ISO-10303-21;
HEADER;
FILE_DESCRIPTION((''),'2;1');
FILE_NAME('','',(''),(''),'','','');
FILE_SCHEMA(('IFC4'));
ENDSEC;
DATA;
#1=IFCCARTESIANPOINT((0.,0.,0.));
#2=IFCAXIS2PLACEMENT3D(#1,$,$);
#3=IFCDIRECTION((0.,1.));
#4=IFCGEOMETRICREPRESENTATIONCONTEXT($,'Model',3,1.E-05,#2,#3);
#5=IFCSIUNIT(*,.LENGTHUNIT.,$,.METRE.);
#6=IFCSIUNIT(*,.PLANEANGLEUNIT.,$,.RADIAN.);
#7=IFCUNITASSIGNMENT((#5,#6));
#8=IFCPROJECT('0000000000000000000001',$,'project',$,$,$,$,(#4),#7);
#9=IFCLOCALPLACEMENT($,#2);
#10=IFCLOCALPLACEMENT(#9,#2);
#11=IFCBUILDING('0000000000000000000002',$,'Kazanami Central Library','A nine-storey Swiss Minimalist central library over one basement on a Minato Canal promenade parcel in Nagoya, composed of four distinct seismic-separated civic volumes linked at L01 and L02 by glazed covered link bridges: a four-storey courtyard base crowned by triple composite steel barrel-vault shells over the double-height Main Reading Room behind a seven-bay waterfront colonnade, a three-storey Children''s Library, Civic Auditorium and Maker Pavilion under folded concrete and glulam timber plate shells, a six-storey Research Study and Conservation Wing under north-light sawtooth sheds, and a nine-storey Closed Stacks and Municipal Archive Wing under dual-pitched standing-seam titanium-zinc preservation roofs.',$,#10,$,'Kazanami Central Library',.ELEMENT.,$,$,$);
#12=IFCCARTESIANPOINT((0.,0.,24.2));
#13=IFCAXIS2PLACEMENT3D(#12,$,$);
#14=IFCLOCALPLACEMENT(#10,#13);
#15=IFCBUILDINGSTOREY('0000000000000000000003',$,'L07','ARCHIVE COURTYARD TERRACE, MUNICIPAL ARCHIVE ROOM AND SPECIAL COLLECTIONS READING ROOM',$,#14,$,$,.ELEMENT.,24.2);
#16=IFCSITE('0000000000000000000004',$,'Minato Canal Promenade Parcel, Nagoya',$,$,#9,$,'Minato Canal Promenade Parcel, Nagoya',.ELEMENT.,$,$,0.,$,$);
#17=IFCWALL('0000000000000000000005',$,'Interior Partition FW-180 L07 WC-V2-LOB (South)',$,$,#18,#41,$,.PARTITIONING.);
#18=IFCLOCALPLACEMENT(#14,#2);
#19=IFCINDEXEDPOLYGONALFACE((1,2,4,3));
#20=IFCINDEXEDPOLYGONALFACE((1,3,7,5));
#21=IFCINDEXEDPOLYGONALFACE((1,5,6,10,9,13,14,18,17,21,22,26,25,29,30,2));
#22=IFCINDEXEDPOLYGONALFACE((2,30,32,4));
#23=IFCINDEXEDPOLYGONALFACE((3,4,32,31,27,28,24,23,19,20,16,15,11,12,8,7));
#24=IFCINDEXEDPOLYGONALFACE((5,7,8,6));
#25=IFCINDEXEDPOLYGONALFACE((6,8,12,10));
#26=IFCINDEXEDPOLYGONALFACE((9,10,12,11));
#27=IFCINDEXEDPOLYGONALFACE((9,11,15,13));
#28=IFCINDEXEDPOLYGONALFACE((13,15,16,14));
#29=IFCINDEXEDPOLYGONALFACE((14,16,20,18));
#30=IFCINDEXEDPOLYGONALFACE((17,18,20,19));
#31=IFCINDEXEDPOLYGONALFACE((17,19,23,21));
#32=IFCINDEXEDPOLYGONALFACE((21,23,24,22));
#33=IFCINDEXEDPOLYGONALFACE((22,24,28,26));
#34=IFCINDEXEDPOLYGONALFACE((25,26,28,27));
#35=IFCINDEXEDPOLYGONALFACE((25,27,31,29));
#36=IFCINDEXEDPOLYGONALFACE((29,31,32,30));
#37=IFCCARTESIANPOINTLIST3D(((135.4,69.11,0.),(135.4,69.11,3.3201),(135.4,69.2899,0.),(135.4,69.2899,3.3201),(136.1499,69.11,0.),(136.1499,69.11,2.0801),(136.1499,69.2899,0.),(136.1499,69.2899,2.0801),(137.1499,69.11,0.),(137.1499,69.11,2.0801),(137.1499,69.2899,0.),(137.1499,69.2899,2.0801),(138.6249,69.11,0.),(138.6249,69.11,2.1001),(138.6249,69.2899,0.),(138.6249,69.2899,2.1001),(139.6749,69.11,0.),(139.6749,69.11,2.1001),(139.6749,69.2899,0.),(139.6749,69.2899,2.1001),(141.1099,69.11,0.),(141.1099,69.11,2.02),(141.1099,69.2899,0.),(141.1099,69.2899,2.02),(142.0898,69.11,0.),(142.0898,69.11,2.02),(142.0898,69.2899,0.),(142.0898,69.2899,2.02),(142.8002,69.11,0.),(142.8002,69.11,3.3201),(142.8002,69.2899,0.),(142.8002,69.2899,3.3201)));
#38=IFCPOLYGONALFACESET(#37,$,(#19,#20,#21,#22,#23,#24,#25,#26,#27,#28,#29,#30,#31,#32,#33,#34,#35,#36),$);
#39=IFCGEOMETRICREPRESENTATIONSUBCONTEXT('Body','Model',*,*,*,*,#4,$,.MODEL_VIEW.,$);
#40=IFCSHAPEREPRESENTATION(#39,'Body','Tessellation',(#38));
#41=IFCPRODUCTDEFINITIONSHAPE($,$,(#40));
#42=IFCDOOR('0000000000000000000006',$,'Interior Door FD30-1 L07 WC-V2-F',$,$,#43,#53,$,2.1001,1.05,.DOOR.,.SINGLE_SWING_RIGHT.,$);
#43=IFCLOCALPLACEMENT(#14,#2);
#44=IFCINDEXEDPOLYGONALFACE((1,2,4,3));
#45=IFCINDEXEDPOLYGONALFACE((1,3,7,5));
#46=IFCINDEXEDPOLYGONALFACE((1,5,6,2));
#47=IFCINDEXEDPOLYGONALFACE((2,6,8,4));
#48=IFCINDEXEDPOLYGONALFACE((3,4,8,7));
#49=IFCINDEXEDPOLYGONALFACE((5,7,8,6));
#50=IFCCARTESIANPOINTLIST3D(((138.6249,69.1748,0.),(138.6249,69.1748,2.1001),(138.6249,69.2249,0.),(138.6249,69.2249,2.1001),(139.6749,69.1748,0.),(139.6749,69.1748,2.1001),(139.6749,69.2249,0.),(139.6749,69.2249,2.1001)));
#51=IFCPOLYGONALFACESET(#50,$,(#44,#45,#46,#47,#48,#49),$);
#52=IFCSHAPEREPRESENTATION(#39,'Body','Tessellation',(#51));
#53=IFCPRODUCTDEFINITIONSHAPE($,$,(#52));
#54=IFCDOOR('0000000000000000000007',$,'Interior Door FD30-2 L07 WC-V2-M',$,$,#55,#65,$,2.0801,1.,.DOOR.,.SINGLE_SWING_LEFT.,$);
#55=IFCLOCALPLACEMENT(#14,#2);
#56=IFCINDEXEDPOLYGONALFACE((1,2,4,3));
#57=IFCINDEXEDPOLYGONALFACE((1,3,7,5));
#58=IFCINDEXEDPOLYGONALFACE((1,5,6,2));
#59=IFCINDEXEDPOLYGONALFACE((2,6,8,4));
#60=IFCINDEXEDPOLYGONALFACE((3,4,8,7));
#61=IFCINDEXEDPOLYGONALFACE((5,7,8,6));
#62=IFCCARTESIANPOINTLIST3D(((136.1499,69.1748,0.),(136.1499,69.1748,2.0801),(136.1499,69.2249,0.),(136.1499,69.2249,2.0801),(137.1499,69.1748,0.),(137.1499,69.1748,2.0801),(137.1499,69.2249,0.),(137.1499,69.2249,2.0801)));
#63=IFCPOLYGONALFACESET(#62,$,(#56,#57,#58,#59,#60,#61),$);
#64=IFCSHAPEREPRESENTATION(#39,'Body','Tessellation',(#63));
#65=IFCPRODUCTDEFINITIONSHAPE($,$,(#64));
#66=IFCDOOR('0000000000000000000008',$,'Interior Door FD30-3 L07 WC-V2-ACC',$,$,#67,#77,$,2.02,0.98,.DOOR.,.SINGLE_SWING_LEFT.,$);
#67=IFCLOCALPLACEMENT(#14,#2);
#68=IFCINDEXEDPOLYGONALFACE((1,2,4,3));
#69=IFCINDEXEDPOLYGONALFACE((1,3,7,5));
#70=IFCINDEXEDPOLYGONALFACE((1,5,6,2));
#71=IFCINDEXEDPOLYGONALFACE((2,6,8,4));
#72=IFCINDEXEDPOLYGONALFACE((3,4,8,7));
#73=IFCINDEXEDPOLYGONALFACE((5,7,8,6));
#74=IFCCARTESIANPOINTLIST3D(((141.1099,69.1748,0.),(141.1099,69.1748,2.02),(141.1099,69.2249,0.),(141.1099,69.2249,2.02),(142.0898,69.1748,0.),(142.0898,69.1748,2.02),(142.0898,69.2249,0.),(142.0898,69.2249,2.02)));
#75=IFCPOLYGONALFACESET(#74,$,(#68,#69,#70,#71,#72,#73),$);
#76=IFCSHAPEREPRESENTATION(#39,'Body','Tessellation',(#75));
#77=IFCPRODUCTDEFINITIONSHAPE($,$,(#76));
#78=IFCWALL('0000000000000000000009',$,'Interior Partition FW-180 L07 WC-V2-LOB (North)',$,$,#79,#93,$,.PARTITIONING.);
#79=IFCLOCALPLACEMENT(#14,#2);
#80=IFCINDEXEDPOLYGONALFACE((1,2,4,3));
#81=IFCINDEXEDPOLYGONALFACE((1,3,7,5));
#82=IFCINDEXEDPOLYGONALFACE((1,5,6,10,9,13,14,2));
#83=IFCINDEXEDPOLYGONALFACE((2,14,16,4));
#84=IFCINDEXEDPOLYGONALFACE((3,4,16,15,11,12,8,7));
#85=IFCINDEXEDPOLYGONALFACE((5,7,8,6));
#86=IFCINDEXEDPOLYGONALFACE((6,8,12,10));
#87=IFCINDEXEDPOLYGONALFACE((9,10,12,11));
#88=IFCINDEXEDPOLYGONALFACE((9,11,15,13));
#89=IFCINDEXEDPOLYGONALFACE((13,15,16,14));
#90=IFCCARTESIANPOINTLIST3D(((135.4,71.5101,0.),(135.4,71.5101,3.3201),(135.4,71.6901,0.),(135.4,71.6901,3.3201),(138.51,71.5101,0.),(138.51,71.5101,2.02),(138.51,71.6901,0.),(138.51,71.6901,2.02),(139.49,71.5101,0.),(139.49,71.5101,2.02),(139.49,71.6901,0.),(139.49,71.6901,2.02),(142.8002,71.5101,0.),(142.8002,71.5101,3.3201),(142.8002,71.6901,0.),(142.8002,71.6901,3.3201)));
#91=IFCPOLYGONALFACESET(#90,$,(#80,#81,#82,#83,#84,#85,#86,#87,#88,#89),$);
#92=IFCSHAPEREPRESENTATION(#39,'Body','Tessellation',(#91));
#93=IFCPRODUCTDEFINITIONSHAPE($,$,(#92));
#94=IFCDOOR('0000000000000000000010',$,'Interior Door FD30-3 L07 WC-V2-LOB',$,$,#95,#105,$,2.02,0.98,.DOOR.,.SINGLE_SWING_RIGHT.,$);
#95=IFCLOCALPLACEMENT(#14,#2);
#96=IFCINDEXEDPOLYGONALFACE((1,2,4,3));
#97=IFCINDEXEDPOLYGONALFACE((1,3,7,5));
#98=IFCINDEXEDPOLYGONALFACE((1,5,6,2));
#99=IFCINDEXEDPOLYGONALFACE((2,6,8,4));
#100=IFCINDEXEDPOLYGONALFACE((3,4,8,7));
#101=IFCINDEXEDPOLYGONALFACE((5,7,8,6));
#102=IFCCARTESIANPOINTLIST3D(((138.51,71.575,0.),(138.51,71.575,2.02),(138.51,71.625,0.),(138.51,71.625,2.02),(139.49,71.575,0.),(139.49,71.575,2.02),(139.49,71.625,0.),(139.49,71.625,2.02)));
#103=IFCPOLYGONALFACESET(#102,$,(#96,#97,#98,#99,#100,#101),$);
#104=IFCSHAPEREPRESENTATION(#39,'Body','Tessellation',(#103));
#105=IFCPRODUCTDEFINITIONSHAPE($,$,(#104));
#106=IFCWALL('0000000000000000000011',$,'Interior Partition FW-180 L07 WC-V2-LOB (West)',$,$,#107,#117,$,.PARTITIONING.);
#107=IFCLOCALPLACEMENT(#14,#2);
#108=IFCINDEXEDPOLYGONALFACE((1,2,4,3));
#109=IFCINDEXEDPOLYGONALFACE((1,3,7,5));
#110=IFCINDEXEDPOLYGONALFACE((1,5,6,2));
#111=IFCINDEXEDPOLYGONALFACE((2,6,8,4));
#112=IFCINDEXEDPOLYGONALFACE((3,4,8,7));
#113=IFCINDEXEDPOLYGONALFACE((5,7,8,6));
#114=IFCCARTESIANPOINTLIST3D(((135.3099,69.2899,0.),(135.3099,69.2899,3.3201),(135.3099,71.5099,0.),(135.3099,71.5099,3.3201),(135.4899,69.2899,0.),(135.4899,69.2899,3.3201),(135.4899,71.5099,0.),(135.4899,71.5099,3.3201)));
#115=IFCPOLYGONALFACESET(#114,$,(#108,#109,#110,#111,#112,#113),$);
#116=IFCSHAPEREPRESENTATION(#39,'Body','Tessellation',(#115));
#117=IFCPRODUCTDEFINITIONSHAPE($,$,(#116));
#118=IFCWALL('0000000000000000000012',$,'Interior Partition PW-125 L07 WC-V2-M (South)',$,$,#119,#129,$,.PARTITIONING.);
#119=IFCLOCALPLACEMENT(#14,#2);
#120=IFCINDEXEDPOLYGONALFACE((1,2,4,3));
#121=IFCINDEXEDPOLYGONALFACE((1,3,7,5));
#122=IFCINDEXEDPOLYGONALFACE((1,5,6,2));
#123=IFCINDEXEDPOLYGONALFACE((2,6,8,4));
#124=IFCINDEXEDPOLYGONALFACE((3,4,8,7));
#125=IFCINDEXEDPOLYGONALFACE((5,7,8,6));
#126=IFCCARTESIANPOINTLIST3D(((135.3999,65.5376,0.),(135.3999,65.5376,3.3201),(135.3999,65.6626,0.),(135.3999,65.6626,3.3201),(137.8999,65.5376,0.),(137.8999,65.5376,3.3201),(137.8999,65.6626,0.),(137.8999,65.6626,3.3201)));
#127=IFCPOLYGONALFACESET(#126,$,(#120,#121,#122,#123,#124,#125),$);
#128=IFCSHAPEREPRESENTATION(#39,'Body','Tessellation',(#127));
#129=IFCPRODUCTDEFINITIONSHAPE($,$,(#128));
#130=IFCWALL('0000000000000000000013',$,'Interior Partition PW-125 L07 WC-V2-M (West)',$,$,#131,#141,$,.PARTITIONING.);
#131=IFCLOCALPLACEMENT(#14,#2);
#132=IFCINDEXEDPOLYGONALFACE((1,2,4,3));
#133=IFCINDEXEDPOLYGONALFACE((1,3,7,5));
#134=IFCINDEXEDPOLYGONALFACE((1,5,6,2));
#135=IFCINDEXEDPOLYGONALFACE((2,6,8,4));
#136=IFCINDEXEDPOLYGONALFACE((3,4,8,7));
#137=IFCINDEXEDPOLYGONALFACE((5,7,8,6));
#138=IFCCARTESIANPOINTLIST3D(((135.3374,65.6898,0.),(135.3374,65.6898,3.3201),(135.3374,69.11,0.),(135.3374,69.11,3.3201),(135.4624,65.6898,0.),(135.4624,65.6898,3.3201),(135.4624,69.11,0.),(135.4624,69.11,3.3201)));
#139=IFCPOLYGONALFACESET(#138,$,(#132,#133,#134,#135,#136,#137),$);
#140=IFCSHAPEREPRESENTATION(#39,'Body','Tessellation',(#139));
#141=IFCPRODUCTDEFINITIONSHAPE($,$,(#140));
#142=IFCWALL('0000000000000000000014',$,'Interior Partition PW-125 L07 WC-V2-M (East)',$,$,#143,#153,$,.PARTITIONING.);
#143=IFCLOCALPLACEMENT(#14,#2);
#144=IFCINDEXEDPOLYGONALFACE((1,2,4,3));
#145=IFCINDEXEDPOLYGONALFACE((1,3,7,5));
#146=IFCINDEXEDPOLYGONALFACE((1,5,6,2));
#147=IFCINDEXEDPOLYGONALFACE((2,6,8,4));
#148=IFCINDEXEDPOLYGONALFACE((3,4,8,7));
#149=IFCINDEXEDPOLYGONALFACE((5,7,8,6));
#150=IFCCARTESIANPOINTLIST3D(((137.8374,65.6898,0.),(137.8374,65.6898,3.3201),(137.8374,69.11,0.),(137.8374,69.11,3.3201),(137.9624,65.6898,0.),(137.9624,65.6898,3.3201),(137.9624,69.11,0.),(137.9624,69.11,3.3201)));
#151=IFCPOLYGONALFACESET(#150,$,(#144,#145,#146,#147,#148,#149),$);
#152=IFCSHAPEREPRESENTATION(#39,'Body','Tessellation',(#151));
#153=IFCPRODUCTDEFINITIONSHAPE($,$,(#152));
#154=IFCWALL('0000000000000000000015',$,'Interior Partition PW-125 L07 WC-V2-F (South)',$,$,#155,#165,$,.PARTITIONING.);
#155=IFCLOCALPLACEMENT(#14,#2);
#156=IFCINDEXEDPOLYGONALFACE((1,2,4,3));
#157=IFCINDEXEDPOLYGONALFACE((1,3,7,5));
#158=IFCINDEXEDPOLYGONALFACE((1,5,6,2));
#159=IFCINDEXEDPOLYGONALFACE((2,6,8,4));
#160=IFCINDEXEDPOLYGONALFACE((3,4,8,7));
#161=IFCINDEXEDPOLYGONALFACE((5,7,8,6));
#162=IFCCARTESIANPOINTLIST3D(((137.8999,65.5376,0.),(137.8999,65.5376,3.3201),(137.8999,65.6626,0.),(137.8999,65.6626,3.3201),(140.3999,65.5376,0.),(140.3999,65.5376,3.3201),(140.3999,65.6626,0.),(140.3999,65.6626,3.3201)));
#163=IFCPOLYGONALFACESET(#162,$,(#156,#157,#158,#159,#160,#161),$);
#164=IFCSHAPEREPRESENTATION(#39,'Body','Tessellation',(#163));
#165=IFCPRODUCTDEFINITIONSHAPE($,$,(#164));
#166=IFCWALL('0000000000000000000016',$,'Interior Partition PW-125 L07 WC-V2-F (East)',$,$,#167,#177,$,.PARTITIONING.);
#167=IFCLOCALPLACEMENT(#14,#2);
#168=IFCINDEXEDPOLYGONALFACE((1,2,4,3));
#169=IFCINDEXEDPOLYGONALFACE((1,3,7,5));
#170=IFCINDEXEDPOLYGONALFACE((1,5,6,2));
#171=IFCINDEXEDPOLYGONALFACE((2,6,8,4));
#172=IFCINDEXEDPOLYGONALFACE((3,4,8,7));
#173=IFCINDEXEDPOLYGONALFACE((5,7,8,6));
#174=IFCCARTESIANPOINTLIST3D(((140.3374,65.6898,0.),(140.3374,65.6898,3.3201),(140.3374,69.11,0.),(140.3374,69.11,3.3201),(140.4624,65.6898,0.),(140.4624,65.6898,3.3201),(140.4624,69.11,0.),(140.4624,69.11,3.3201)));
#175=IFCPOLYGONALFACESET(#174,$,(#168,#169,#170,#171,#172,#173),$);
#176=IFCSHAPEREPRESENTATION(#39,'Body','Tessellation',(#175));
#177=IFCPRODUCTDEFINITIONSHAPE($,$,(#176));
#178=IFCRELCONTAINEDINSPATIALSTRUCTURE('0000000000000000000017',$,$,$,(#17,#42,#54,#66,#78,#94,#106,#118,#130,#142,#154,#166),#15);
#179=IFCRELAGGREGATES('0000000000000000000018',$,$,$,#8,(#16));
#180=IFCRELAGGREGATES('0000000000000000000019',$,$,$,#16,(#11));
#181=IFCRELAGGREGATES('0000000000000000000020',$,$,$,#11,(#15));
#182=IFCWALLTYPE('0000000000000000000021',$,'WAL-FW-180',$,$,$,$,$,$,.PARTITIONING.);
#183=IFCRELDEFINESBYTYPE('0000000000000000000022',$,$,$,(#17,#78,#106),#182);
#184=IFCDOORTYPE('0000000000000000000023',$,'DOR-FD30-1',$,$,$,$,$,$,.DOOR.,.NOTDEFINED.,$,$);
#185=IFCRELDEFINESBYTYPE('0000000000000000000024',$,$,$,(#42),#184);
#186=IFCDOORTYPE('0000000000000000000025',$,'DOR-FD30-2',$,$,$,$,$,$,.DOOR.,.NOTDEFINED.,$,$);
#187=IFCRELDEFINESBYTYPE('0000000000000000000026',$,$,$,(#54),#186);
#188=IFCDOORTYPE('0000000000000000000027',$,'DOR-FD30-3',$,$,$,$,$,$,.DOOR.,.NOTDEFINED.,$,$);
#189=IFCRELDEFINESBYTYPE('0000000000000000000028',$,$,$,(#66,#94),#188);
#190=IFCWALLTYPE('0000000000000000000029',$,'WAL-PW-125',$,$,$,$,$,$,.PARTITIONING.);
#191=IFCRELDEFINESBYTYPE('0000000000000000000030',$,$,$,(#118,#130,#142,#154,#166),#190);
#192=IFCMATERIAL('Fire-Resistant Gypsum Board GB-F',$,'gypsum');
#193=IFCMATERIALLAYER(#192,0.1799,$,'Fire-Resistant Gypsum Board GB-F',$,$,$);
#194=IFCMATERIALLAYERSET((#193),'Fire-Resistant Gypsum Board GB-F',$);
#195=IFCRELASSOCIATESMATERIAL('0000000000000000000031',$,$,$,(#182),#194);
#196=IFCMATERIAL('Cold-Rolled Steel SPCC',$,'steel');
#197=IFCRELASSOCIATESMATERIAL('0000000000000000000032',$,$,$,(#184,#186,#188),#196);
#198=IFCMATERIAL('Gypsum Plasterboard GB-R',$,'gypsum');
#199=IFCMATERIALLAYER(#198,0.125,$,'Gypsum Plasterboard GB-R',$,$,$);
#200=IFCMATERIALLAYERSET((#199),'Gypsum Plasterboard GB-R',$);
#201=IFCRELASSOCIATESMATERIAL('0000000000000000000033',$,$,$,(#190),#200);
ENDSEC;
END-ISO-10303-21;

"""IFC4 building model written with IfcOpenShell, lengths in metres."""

from ifc_helpers import new_model, si_unit, direction, frame, frame_2d, origin, place, context, subcontext, project, spatial, rectangle, extrude, material, layer, layer_set, type_object, element, fill, save


model = new_model("IFC4")

# Units and contexts
model_context = context("Model", 3, precision=1e-05, world=origin(), true_north=direction((0.0, 1.0)))
body_context = subcontext(model_context, "Body", "Model", "MODEL_VIEW")
ifc_project = project(units=[si_unit("LENGTHUNIT", "METRE"), si_unit("PLANEANGLEUNIT", "RADIAN")], contexts=[model_context])

# Site, building, storey
site_placement = place(None, origin())
site = spatial("IfcSite", under=ifc_project, at=site_placement, Name="Minato Canal Promenade Parcel, Nagoya", LongName="Minato Canal Promenade Parcel, Nagoya", CompositionType="ELEMENT", RefElevation=0.0)
building_placement = place(site_placement, origin())
building = spatial("IfcBuilding", under=site, at=building_placement, Name="Kazanami Central Library", Description="A nine-storey Swiss Minimalist central library over one basement on a Minato Canal promenade parcel in Nagoya, composed of four distinct seismic-separated civic volumes linked at L01 and L02 by glazed covered link bridges: a four-storey courtyard base crowned by triple composite steel barrel-vault shells over the double-height Main Reading Room behind a seven-bay waterfront colonnade, a three-storey Children's Library, Civic Auditorium and Maker Pavilion under folded concrete and glulam timber plate shells, a six-storey Research Study and Conservation Wing under north-light sawtooth sheds, and a nine-storey Closed Stacks and Municipal Archive Wing under dual-pitched standing-seam titanium-zinc preservation roofs.", LongName="Kazanami Central Library", CompositionType="ELEMENT")
storey_placement = place(building_placement, frame((0.0, 0.0, 24.2)))
storey = spatial("IfcBuildingStorey", under=building, at=storey_placement, Name="L07", Description="ARCHIVE COURTYARD TERRACE, MUNICIPAL ARCHIVE ROOM AND SPECIAL COLLECTIONS READING ROOM", CompositionType="ELEMENT", Elevation=24.2)

# Wall, openings, doors
ifc_material_1 = material(Name="Fire-Resistant Gypsum Board GB-F", Category="gypsum")
ifc_layer_1 = layer(ifc_material_1, 0.1799, Name="Fire-Resistant Gypsum Board GB-F")
ifc_layer_set_1 = layer_set([ifc_layer_1], Name="Fire-Resistant Gypsum Board GB-F")
wall_type_1 = type_object("IfcWallType", Name="WAL-FW-180", PredefinedType="PARTITIONING", material=ifc_layer_set_1)
wall_1_placement = place(storey_placement, frame((135.3999, 69.2, 0.0), z_axis=(0.0, 0.0, 1.0), x_axis=(1.0, 0.0, 0.0)))
wall_1 = element("IfcWall", 1, at=wall_1_placement, inside=storey, type_object=wall_type_1, Name="Interior Partition FW-180 L07 WC-V2-LOB (South)", PredefinedType="PARTITIONING", context=body_context, shape_type="SweptSolid", body=[
    extrude(rectangle(XDim=7.4001, YDim=0.1799, at=frame_2d((3.7002, 0.0))), origin(), (0.0, 0.0, 1.0), 3.3201),
])
opening_1_placement = place(wall_1_placement, frame((0.75, 0.0, 0.0)))
opening_1 = element("IfcOpeningElement", 2, at=opening_1_placement, cuts=wall_1, PredefinedType="OPENING", context=body_context, shape_type="SweptSolid", body=[
    extrude(rectangle(XDim=1.0, YDim=2.0801, at=frame_2d((0.5, 1.04))), frame((0.0, 0.1021, 0.0), z_axis=(0.0, -1.0, 0.0), x_axis=(1.0, 0.0, 0.0)), (0.0, 0.0, 1.0), 0.2039),
])
opening_2_placement = place(wall_1_placement, frame((3.2251, 0.0, 0.0)))
opening_2 = element("IfcOpeningElement", 3, at=opening_2_placement, cuts=wall_1, PredefinedType="OPENING", context=body_context, shape_type="SweptSolid", body=[
    extrude(rectangle(XDim=1.05, YDim=2.1001, at=frame_2d((0.5249, 1.05))), frame((0.0, 0.1021, 0.0), z_axis=(0.0, -1.0, 0.0), x_axis=(1.0, 0.0, 0.0)), (0.0, 0.0, 1.0), 0.2039),
])
opening_3_placement = place(wall_1_placement, frame((5.71, 0.0, 0.0)))
opening_3 = element("IfcOpeningElement", 4, at=opening_3_placement, cuts=wall_1, PredefinedType="OPENING", context=body_context, shape_type="SweptSolid", body=[
    extrude(rectangle(XDim=0.98, YDim=2.02, at=frame_2d((0.49, 1.01))), frame((0.0, 0.1021, 0.0), z_axis=(0.0, -1.0, 0.0), x_axis=(1.0, 0.0, 0.0)), (0.0, 0.0, 1.0), 0.2039),
])
ifc_material_2 = material(Name="Cold-Rolled Steel SPCC", Category="steel")
door_type_1 = type_object("IfcDoorType", Name="DOR-FD30-1", OperationType="NOTDEFINED", PredefinedType="DOOR", material=ifc_material_2)
door_1_placement = place(opening_2_placement, origin())
door_1 = element("IfcDoor", 5, at=door_1_placement, inside=storey, type_object=door_type_1, Name="Interior Door FD30-1 L07 WC-V2-F", OperationType="SINGLE_SWING_RIGHT", OverallHeight=2.1001, OverallWidth=1.05, PredefinedType="DOOR", context=body_context, shape_type="SweptSolid", body=[
    extrude(rectangle(XDim=1.05, YDim=2.1001, at=frame_2d((0.5249, 1.05))), frame((0.0, 0.0249, 0.0), z_axis=(0.0, -1.0, 0.0), x_axis=(1.0, 0.0, 0.0)), (0.0, 0.0, 1.0), 0.05),
])
fill(opening_2, door_1)
door_type_2 = type_object("IfcDoorType", Name="DOR-FD30-2", OperationType="NOTDEFINED", PredefinedType="DOOR", material=ifc_material_2)
door_2_placement = place(opening_1_placement, origin())
door_2 = element("IfcDoor", 6, at=door_2_placement, inside=storey, type_object=door_type_2, Name="Interior Door FD30-2 L07 WC-V2-M", OperationType="SINGLE_SWING_LEFT", OverallHeight=2.0801, OverallWidth=1.0, PredefinedType="DOOR", context=body_context, shape_type="SweptSolid", body=[
    extrude(rectangle(XDim=1.0, YDim=2.0801, at=frame_2d((0.5, 1.04))), frame((0.0, 0.0249, 0.0), z_axis=(0.0, -1.0, 0.0), x_axis=(1.0, 0.0, 0.0)), (0.0, 0.0, 1.0), 0.05),
])
fill(opening_1, door_2)
door_type_3 = type_object("IfcDoorType", Name="DOR-FD30-3", OperationType="NOTDEFINED", PredefinedType="DOOR", material=ifc_material_2)
door_3_placement = place(opening_3_placement, origin())
door_3 = element("IfcDoor", 7, at=door_3_placement, inside=storey, type_object=door_type_3, Name="Interior Door FD30-3 L07 WC-V2-ACC", OperationType="SINGLE_SWING_LEFT", OverallHeight=2.02, OverallWidth=0.98, PredefinedType="DOOR", context=body_context, shape_type="SweptSolid", body=[
    extrude(rectangle(XDim=0.98, YDim=2.02, at=frame_2d((0.49, 1.01))), frame((0.0, 0.0249, 0.0), z_axis=(0.0, -1.0, 0.0), x_axis=(1.0, 0.0, 0.0)), (0.0, 0.0, 1.0), 0.05),
])
fill(opening_3, door_3)

# Wall, opening, door
wall_2_placement = place(storey_placement, frame((135.3999, 71.6001, 0.0), z_axis=(0.0, 0.0, 1.0), x_axis=(1.0, 0.0, 0.0)))
wall_2 = element("IfcWall", 8, at=wall_2_placement, inside=storey, type_object=wall_type_1, Name="Interior Partition FW-180 L07 WC-V2-LOB (North)", PredefinedType="PARTITIONING", context=body_context, shape_type="SweptSolid", body=[
    extrude(rectangle(XDim=7.4001, YDim=0.1799, at=frame_2d((3.7002, 0.0))), origin(), (0.0, 0.0, 1.0), 3.3201),
])
opening_4_placement = place(wall_2_placement, frame((3.1101, 0.0, 0.0)))
opening_4 = element("IfcOpeningElement", 9, at=opening_4_placement, cuts=wall_2, PredefinedType="OPENING", context=body_context, shape_type="SweptSolid", body=[
    extrude(rectangle(XDim=0.98, YDim=2.02, at=frame_2d((0.49, 1.01))), frame((0.0, 0.1021, 0.0), z_axis=(0.0, -1.0, 0.0), x_axis=(1.0, 0.0, 0.0)), (0.0, 0.0, 1.0), 0.2039),
])
door_4_placement = place(opening_4_placement, origin())
door_4 = element("IfcDoor", 10, at=door_4_placement, inside=storey, type_object=door_type_3, Name="Interior Door FD30-3 L07 WC-V2-LOB", OperationType="SINGLE_SWING_RIGHT", OverallHeight=2.02, OverallWidth=0.98, PredefinedType="DOOR", context=body_context, shape_type="SweptSolid", body=[
    extrude(rectangle(XDim=0.98, YDim=2.02, at=frame_2d((0.49, 1.01))), frame((0.0, 0.0249, 0.0), z_axis=(0.0, -1.0, 0.0), x_axis=(1.0, 0.0, 0.0)), (0.0, 0.0, 1.0), 0.05),
])
fill(opening_4, door_4)

# Walls
wall_3_placement = place(storey_placement, frame((135.3999, 69.29, 0.0), z_axis=(0.0, 0.0, 1.0), x_axis=(0.0, 1.0, 0.0)))
element("IfcWall", 11, at=wall_3_placement, inside=storey, type_object=wall_type_1, Name="Interior Partition FW-180 L07 WC-V2-LOB (West)", PredefinedType="PARTITIONING", context=body_context, shape_type="SweptSolid", body=[
    extrude(rectangle(XDim=2.22, YDim=0.1799, at=frame_2d((1.1099, 0.0))), origin(), (0.0, 0.0, 1.0), 3.3201),
])
ifc_material_3 = material(Name="Gypsum Plasterboard GB-R", Category="gypsum")
ifc_layer_2 = layer(ifc_material_3, 0.125, Name="Gypsum Plasterboard GB-R")
ifc_layer_set_2 = layer_set([ifc_layer_2], Name="Gypsum Plasterboard GB-R")
wall_type_2 = type_object("IfcWallType", Name="WAL-PW-125", PredefinedType="PARTITIONING", material=ifc_layer_set_2)
wall_4_placement = place(storey_placement, frame((135.3999, 65.6001, 0.0), z_axis=(0.0, 0.0, 1.0), x_axis=(1.0, 0.0, 0.0)))
element("IfcWall", 12, at=wall_4_placement, inside=storey, type_object=wall_type_2, Name="Interior Partition PW-125 L07 WC-V2-M (South)", PredefinedType="PARTITIONING", context=body_context, shape_type="SweptSolid", body=[
    extrude(rectangle(XDim=2.5, YDim=0.125, at=frame_2d((1.25, 0.0))), origin(), (0.0, 0.0, 1.0), 3.3201),
])
for number, where, z_axis, x_axis, name in (
    (13, (135.3999, 65.6899, 0.0), (0.0, 0.0, 1.0), (0.0, 1.0, 0.0), "Interior Partition PW-125 L07 WC-V2-M (West)"),
    (14, (137.8999, 65.6899, 0.0), (0.0, 0.0, 1.0), (0.0, 1.0, 0.0), "Interior Partition PW-125 L07 WC-V2-M (East)"),
):
    element("IfcWall", number, at=place(storey_placement, frame(where, z_axis=z_axis, x_axis=x_axis)), inside=storey, type_object=wall_type_2, Name=name, PredefinedType="PARTITIONING", context=body_context, shape_type="SweptSolid", body=[
        extrude(rectangle(XDim=3.4202, YDim=0.125, at=frame_2d((1.71, 0.0))), origin(), (0.0, 0.0, 1.0), 3.3201),
    ])
wall_5_placement = place(storey_placement, frame((137.8999, 65.6001, 0.0), z_axis=(0.0, 0.0, 1.0), x_axis=(1.0, 0.0, 0.0)))
element("IfcWall", 15, at=wall_5_placement, inside=storey, type_object=wall_type_2, Name="Interior Partition PW-125 L07 WC-V2-F (South)", PredefinedType="PARTITIONING", context=body_context, shape_type="SweptSolid", body=[
    extrude(rectangle(XDim=2.5, YDim=0.125, at=frame_2d((1.25, 0.0))), origin(), (0.0, 0.0, 1.0), 3.3201),
])
wall_6_placement = place(storey_placement, frame((140.3999, 65.6899, 0.0), z_axis=(0.0, 0.0, 1.0), x_axis=(0.0, 1.0, 0.0)))
element("IfcWall", 16, at=wall_6_placement, inside=storey, type_object=wall_type_2, Name="Interior Partition PW-125 L07 WC-V2-F (East)", PredefinedType="PARTITIONING", context=body_context, shape_type="SweptSolid", body=[
    extrude(rectangle(XDim=3.4202, YDim=0.125, at=frame_2d((1.71, 0.0))), origin(), (0.0, 0.0, 1.0), 3.3201),
])

save(model, "model.ifc")
